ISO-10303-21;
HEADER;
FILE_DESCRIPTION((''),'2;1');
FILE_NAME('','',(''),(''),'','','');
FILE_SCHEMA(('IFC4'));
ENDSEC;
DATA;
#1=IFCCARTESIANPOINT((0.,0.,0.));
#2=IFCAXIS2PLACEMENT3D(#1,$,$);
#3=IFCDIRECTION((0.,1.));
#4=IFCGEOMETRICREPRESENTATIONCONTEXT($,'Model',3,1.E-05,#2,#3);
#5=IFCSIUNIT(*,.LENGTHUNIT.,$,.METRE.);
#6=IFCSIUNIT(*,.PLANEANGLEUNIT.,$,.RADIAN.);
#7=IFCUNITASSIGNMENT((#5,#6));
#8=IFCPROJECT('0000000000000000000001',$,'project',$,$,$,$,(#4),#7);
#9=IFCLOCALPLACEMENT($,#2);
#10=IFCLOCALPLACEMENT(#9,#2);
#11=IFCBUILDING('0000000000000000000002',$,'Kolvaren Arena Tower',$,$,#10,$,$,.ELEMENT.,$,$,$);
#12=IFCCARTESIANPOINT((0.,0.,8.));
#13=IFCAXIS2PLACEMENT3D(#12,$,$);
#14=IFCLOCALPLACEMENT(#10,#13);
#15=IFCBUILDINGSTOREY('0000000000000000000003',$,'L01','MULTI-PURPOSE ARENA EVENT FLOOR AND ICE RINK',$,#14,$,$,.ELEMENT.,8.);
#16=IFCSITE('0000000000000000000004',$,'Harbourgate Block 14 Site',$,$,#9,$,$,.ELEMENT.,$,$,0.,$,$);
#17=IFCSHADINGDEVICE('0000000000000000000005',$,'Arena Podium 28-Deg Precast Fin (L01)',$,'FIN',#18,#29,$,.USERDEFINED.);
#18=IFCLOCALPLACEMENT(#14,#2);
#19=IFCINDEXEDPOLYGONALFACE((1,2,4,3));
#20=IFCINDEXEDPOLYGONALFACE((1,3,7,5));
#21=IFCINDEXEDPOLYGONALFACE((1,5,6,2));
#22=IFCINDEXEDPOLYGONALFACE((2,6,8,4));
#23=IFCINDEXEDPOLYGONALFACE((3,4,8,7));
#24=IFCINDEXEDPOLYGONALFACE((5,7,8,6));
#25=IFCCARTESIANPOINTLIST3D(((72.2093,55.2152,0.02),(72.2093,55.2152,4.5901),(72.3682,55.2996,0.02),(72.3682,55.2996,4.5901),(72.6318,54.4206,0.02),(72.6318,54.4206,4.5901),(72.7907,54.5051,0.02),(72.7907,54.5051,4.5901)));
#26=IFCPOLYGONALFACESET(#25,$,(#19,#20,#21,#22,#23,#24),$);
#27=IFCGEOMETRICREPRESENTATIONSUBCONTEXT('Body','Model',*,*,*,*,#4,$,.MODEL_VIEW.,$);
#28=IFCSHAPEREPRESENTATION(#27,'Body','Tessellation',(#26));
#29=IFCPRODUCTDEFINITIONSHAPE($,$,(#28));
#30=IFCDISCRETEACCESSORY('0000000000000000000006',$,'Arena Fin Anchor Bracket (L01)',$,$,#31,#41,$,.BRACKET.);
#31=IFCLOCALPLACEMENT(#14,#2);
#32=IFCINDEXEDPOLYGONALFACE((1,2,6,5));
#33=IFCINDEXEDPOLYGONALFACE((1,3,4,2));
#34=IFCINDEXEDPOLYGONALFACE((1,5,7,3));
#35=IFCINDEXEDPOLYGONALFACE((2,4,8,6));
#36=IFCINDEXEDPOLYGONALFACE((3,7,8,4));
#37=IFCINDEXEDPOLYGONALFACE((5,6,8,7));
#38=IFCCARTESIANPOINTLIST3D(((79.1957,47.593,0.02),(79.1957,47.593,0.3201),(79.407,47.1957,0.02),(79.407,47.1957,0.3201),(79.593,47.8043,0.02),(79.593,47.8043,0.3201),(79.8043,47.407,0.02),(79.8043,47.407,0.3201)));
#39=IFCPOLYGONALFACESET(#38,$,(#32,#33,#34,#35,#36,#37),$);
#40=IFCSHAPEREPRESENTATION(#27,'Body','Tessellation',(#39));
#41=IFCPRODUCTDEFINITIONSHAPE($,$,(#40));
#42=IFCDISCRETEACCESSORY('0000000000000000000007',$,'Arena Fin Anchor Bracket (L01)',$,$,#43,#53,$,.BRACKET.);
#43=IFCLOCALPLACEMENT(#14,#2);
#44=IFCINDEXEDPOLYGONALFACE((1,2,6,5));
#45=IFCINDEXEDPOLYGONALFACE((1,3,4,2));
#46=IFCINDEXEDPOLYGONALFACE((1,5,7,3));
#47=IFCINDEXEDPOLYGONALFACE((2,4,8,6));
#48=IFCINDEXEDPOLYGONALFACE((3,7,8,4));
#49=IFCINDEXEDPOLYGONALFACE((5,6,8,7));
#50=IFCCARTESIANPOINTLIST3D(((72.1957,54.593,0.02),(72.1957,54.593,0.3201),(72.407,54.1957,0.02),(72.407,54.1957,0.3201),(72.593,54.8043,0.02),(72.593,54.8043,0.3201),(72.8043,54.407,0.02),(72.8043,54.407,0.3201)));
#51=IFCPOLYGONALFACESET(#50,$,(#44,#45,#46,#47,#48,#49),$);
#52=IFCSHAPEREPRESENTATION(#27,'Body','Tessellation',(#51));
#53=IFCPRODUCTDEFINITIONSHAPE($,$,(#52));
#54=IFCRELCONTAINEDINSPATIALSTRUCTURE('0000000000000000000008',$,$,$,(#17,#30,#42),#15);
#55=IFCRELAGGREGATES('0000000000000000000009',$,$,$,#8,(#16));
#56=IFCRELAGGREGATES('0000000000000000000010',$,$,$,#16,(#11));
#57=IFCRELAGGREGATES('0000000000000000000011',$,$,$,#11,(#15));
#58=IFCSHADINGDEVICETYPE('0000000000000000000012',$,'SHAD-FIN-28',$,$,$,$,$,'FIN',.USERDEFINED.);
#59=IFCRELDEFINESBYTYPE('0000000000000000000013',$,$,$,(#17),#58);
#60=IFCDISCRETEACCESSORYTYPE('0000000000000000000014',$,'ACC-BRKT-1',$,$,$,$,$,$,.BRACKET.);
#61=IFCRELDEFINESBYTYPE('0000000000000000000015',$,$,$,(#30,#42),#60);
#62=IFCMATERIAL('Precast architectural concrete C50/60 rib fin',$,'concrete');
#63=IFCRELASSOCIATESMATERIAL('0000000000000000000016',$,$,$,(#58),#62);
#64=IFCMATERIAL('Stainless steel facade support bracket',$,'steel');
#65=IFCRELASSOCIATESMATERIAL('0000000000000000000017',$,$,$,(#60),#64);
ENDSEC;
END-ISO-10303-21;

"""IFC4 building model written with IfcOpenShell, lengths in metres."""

from ifc_helpers import new_model, si_unit, direction, frame, origin, origin_2d, place, context, subcontext, project, spatial, rectangle, extrude, material, type_object, element, save


model = new_model("IFC4")

# Units and contexts
model_context = context("Model", 3, precision=1e-05, world=origin(), true_north=direction((0.0, 1.0)))
body_context = subcontext(model_context, "Body", "Model", "MODEL_VIEW")
ifc_project = project(units=[si_unit("LENGTHUNIT", "METRE"), si_unit("PLANEANGLEUNIT", "RADIAN")], contexts=[model_context])

# Site, building, storey
site_placement = place(None, origin())
site = spatial("IfcSite", under=ifc_project, at=site_placement, Name="Harbourgate Block 14 Site", CompositionType="ELEMENT", RefElevation=0.0)
building_placement = place(site_placement, origin())
building = spatial("IfcBuilding", under=site, at=building_placement, Name="Kolvaren Arena Tower", CompositionType="ELEMENT")
storey_placement = place(building_placement, frame((0.0, 0.0, 8.0)))
storey = spatial("IfcBuildingStorey", under=building, at=storey_placement, Name="L01", Description="MULTI-PURPOSE ARENA EVENT FLOOR AND ICE RINK", CompositionType="ELEMENT", Elevation=8.0)

# Shading device
ifc_material_1 = material(Name="Precast architectural concrete C50/60 rib fin", Category="concrete")
shading_device_type = type_object("IfcShadingDeviceType", Name="SHAD-FIN-28", ElementType="FIN", PredefinedType="USERDEFINED", material=ifc_material_1)
for number, where, z_axis, x_axis, name in (
    (1, (72.5, 54.8601, 0.02), (0.0, 0.0, 1.0), (-0.469472, 0.882948, 0.0), "Arena Podium 28-Deg Precast Fin (L01)"),
):
    element("IfcShadingDevice", number, at=place(storey_placement, frame(where, z_axis=z_axis, x_axis=x_axis)), inside=storey, type_object=shading_device_type, Name=name, ObjectType="FIN", PredefinedType="USERDEFINED", context=body_context, shape_type="SweptSolid", body=[
        extrude(rectangle(XDim=0.8999, YDim=0.1799, at=origin_2d()), origin(), (0.0, 0.0, 1.0), 4.5701),
    ])

# Discrete accessories
ifc_material_2 = material(Name="Stainless steel facade support bracket", Category="steel")
discrete_accessory_type = type_object("IfcDiscreteAccessoryType", Name="ACC-BRKT-1", PredefinedType="BRACKET", material=ifc_material_2)
for number, where, z_axis, x_axis, name in (
    (2, (79.5, 47.5, 0.02), (0.0, 0.0, 1.0), (0.882948, 0.469472, 0.0), "Arena Fin Anchor Bracket (L01)"),
    (3, (72.5, 54.5, 0.02), (0.0, 0.0, 1.0), (-0.469472, 0.882948, 0.0), "Arena Fin Anchor Bracket (L01)"),
):
    element("IfcDiscreteAccessory", number, at=place(storey_placement, frame(where, z_axis=z_axis, x_axis=x_axis)), inside=storey, type_object=discrete_accessory_type, Name=name, PredefinedType="BRACKET", context=body_context, shape_type="SweptSolid", body=[
        extrude(rectangle(XDim=0.45, YDim=0.45, at=origin_2d()), origin(), (0.0, 0.0, 1.0), 0.3),
    ])

save(model, "model.ifc")
